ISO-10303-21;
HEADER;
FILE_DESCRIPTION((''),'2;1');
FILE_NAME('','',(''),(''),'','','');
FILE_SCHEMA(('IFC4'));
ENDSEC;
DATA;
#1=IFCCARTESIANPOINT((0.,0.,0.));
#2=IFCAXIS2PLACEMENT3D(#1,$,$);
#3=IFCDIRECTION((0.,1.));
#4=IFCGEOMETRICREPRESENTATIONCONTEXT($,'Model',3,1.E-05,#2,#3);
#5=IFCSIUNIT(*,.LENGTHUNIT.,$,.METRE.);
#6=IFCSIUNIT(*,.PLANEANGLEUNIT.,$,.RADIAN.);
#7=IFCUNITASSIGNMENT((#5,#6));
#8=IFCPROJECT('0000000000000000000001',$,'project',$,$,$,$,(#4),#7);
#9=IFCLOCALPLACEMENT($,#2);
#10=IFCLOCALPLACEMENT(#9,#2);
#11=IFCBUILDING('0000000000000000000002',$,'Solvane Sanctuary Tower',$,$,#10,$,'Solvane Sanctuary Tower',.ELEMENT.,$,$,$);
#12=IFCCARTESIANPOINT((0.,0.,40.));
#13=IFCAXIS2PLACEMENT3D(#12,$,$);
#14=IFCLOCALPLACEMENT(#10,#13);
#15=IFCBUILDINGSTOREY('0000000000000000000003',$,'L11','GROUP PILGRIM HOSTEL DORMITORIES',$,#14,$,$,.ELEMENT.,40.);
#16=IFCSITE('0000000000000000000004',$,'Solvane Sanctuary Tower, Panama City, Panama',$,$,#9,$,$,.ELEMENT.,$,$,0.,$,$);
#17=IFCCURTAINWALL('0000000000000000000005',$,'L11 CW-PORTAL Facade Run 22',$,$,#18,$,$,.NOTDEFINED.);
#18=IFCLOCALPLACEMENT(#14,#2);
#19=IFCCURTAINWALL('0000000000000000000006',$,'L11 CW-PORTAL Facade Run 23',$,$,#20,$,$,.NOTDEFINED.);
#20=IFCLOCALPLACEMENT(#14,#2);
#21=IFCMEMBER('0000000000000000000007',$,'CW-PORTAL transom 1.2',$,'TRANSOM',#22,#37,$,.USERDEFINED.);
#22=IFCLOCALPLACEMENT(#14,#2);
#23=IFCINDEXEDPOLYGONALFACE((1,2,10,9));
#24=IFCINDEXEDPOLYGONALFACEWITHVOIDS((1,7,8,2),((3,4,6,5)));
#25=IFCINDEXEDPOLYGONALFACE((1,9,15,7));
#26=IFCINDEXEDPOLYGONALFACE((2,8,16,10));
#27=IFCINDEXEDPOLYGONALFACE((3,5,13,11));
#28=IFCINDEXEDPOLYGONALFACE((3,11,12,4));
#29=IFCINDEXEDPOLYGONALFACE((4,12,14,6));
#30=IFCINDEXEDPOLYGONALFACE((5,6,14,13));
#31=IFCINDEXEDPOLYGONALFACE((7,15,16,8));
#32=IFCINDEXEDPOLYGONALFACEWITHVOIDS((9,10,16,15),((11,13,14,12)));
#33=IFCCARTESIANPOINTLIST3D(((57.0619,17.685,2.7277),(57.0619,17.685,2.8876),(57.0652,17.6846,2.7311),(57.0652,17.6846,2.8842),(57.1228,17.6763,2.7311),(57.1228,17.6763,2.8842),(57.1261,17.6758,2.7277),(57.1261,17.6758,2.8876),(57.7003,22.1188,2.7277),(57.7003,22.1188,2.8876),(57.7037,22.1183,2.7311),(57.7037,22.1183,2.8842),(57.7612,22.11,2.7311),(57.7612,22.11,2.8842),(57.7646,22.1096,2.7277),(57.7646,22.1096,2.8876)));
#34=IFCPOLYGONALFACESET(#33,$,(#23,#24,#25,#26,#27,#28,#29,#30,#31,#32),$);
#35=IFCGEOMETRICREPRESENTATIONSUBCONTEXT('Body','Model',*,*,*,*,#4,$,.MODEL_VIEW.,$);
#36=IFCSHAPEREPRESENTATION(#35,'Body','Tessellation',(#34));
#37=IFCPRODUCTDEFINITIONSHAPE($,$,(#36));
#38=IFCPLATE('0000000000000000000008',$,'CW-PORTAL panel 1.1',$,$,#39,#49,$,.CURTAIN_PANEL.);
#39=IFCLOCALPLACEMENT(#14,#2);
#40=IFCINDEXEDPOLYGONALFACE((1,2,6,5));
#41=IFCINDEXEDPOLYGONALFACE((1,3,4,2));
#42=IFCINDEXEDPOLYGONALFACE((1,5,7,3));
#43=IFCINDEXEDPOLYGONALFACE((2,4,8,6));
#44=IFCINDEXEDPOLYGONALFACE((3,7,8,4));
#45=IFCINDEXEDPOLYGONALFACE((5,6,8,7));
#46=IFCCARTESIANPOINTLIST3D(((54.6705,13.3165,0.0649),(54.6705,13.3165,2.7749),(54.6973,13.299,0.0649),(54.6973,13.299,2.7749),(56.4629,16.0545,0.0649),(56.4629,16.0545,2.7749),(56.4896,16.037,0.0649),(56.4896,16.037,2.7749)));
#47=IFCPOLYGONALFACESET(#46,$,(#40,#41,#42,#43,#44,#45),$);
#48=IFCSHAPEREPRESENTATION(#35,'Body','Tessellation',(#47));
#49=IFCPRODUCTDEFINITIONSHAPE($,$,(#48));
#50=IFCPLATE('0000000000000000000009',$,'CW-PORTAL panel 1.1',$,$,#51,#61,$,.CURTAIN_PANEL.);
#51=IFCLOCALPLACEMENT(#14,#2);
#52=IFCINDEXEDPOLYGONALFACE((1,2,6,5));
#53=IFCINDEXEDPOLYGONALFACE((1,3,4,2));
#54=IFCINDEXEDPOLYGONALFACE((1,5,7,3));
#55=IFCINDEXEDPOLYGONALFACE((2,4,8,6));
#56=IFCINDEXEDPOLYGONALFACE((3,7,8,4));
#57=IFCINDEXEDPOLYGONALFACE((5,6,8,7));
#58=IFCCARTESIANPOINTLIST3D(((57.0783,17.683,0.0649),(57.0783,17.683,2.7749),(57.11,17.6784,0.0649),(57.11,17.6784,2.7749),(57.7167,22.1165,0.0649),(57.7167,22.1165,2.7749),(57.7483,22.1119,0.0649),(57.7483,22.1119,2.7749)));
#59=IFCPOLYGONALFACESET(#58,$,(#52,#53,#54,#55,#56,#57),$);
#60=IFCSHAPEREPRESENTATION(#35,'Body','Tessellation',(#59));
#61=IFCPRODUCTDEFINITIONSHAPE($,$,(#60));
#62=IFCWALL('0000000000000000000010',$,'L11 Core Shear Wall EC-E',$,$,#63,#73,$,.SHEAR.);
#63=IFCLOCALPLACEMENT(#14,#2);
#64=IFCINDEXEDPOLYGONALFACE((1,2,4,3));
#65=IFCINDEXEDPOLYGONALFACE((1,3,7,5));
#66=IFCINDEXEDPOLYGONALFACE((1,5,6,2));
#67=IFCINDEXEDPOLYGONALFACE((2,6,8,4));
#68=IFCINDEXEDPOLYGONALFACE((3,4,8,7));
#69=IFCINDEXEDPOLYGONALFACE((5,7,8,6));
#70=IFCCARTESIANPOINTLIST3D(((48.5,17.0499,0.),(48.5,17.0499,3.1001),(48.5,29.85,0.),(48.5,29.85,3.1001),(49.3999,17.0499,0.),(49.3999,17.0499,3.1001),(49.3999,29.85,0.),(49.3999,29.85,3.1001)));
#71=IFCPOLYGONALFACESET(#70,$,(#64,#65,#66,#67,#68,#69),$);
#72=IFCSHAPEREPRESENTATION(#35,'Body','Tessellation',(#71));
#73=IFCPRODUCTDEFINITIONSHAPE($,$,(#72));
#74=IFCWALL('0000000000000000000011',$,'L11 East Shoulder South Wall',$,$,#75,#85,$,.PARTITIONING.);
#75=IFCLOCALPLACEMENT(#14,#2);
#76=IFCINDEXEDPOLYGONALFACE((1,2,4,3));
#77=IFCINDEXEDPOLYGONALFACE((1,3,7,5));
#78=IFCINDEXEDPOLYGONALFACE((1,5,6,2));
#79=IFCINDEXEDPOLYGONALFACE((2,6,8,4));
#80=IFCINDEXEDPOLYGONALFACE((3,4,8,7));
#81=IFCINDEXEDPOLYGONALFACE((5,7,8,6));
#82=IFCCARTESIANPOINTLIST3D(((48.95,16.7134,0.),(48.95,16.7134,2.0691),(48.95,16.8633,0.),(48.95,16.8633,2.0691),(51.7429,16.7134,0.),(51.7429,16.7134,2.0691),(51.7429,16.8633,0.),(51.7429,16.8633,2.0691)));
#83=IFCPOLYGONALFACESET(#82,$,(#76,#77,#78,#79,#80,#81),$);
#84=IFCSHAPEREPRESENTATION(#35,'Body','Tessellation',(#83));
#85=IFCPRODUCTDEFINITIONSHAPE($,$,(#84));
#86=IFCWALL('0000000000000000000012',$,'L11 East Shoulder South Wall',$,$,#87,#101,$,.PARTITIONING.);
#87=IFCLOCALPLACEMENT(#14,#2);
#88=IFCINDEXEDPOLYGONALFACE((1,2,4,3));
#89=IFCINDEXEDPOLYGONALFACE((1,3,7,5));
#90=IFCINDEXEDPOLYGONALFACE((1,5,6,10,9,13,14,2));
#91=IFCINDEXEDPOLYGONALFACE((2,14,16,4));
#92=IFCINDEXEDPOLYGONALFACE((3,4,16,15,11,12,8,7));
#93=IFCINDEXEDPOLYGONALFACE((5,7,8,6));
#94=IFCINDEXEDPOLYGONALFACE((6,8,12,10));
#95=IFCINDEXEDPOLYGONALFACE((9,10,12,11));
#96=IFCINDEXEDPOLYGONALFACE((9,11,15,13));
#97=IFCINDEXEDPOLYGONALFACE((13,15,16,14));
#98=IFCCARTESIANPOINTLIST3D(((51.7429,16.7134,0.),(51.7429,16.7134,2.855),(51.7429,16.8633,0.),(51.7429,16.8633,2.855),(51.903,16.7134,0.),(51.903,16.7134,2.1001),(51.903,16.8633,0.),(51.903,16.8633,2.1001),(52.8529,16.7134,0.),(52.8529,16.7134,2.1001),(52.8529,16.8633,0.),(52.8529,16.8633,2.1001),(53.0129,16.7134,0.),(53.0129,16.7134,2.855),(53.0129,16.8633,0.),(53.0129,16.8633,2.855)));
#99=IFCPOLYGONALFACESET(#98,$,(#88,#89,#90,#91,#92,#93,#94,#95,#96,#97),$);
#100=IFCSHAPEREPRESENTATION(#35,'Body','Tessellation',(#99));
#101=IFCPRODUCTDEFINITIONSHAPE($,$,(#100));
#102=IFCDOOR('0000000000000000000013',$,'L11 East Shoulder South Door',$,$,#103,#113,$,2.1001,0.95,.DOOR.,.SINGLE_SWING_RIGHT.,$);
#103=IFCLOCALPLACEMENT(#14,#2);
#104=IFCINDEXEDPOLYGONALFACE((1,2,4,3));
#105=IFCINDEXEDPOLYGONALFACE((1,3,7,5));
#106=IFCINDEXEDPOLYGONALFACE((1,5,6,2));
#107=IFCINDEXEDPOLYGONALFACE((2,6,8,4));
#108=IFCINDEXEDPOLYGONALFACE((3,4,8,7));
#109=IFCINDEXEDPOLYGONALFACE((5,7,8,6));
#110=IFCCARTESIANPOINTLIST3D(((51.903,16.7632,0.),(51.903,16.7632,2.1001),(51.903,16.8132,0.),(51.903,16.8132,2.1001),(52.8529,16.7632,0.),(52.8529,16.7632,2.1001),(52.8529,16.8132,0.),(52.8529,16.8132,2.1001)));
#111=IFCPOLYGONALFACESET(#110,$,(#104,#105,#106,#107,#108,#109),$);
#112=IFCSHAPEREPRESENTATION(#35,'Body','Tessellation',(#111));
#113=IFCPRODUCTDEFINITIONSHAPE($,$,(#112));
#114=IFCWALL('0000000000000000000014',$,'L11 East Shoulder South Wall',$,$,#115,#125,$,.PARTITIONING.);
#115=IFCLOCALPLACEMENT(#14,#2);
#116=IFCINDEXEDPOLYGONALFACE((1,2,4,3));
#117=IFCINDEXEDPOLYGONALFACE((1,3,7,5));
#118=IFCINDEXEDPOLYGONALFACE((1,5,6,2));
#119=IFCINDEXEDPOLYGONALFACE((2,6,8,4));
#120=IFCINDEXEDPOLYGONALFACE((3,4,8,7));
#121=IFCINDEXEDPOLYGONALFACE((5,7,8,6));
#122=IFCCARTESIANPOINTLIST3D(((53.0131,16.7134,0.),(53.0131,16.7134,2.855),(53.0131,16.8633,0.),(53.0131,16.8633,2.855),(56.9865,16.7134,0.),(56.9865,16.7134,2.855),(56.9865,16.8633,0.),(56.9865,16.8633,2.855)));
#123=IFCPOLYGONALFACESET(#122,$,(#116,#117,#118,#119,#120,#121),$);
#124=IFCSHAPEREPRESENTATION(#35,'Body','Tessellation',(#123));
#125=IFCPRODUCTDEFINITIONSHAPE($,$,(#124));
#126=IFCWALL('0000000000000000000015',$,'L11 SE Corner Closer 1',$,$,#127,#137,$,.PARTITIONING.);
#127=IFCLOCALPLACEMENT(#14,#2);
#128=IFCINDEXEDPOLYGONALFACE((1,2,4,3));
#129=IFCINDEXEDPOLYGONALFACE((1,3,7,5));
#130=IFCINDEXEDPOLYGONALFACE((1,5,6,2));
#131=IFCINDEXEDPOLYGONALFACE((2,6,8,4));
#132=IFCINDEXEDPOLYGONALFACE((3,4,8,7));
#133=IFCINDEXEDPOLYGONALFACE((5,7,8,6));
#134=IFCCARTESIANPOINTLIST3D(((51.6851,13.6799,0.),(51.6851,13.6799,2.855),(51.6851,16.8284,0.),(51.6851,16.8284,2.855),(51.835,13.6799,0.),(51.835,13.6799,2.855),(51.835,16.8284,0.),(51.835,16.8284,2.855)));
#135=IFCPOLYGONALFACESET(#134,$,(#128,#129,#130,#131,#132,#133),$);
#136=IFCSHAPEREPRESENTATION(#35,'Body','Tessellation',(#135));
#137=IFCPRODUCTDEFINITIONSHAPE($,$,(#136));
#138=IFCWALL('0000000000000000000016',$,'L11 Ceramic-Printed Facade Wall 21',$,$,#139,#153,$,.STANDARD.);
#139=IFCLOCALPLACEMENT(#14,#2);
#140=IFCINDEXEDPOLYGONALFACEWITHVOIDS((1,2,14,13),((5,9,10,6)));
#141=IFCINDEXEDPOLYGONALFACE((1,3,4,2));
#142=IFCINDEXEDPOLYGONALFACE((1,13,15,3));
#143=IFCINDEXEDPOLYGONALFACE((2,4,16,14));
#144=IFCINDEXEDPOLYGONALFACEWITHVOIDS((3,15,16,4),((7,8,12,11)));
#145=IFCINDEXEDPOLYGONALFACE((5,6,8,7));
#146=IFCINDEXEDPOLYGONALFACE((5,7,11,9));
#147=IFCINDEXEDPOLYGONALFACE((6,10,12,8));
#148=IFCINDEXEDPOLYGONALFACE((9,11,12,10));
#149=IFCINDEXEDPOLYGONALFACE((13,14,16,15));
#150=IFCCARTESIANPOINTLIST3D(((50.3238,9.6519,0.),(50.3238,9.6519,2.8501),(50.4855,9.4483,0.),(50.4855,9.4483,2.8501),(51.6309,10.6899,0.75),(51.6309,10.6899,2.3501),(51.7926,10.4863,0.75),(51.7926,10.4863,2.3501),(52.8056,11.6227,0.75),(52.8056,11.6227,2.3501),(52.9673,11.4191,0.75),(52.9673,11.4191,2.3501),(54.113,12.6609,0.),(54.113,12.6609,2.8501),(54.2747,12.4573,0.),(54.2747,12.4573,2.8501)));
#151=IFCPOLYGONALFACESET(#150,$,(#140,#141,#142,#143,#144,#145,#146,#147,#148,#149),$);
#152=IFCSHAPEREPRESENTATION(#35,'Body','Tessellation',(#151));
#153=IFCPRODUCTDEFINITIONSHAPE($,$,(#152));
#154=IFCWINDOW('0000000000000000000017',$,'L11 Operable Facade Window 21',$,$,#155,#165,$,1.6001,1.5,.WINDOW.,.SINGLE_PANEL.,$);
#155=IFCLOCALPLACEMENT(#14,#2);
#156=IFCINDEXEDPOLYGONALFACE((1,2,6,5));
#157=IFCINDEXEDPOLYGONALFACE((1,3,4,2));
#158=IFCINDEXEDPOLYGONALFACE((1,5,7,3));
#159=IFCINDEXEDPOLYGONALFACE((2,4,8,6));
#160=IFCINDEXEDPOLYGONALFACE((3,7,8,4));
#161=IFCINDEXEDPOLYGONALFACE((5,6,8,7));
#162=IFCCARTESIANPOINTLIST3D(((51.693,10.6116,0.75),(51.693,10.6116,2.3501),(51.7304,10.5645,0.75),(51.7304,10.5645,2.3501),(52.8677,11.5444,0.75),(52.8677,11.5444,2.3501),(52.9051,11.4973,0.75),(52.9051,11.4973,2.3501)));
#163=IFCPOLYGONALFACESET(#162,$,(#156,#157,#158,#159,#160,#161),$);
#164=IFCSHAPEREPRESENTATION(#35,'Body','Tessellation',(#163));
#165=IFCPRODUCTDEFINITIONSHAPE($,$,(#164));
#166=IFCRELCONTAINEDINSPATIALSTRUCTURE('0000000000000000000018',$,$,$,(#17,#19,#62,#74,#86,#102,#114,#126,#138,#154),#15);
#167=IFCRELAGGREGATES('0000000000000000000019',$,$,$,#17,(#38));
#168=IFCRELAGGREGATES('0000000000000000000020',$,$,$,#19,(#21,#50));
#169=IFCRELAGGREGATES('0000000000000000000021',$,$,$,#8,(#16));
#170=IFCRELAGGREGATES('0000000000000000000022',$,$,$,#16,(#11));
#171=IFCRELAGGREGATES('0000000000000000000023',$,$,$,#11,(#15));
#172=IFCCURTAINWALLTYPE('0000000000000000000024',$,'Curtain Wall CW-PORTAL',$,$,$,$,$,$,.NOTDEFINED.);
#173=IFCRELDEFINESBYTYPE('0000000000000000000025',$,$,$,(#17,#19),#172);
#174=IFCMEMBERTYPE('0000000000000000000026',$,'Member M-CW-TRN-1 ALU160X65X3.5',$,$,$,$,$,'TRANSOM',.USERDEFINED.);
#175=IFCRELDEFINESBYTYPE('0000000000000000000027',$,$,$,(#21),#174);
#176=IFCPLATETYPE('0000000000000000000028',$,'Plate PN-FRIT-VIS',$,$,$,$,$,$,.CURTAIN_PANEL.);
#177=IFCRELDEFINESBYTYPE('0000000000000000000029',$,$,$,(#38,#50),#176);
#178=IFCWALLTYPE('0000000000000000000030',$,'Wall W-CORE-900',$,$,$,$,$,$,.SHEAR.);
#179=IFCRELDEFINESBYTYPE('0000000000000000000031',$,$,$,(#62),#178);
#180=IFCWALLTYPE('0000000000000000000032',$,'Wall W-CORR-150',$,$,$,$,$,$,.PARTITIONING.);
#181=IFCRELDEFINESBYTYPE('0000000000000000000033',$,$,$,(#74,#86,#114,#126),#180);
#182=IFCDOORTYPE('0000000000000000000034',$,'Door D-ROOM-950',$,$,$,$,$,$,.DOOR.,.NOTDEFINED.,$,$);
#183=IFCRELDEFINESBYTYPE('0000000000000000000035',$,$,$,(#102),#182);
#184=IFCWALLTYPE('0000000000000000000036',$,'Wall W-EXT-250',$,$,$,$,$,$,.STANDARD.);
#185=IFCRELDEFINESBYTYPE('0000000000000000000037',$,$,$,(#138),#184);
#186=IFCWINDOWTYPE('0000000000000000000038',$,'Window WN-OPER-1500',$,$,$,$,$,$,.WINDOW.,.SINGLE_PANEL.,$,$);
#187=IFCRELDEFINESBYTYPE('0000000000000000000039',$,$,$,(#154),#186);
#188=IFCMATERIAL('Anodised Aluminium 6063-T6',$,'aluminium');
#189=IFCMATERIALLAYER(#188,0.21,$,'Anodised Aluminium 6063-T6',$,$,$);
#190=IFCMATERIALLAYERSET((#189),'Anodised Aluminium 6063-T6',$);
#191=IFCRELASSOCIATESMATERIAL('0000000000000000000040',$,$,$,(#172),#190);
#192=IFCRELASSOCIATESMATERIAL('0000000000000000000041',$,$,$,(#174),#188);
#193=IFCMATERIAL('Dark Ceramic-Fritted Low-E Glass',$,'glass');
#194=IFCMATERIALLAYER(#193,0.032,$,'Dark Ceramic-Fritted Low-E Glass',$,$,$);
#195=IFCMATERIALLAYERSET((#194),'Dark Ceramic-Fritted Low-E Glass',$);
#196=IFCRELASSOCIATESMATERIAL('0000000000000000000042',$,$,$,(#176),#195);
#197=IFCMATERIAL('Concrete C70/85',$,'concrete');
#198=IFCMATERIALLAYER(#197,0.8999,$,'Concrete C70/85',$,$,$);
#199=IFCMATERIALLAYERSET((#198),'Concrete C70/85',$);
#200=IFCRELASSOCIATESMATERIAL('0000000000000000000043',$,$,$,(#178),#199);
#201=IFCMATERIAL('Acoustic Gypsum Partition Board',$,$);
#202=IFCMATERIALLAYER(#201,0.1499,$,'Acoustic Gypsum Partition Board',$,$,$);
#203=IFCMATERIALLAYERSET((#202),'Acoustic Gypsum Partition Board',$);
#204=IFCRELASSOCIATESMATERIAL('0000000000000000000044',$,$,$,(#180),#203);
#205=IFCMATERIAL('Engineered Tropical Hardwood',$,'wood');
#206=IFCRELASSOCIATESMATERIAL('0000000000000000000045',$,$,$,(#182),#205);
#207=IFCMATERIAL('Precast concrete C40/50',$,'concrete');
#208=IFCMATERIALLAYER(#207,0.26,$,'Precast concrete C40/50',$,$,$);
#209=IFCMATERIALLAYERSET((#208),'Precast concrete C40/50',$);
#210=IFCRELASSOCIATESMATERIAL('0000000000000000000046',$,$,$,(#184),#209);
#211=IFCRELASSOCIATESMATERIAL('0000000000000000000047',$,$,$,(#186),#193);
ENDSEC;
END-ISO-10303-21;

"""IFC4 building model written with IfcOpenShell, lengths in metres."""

from ifc_helpers import new_model, si_unit, direction, frame, frame_2d, origin, origin_2d, place, context, subcontext, project, spatial, rectangle, hollow_rectangle, extrude, material, layer, layer_set, material_profile, profile_set, type_object, element, fill, aggregate, save


model = new_model("IFC4")

# Units and contexts
model_context = context("Model", 3, precision=1e-05, world=origin(), true_north=direction((0.0, 1.0)))
body_context = subcontext(model_context, "Body", "Model", "MODEL_VIEW")
ifc_project = project(units=[si_unit("LENGTHUNIT", "METRE"), si_unit("PLANEANGLEUNIT", "RADIAN")], contexts=[model_context])

# Site, building, storey
site_placement = place(None, origin())
site = spatial("IfcSite", under=ifc_project, at=site_placement, Name="Solvane Sanctuary Tower, Panama City, Panama", CompositionType="ELEMENT", RefElevation=0.0)
building_placement = place(site_placement, origin())
building = spatial("IfcBuilding", under=site, at=building_placement, Name="Solvane Sanctuary Tower", LongName="Solvane Sanctuary Tower", CompositionType="ELEMENT")
storey_placement = place(building_placement, frame((0.0, 0.0, 40.0)))
storey = spatial("IfcBuildingStorey", under=building, at=storey_placement, Name="L11", Description="GROUP PILGRIM HOSTEL DORMITORIES", CompositionType="ELEMENT", Elevation=40.0)

# Shared definitions
ifc_material_1 = material(Name="Concrete C70/85", Category="concrete")

# Curtain walls
ifc_material_2 = material(Name="Anodised Aluminium 6063-T6", Category="aluminium")
ifc_layer_1 = layer(ifc_material_2, 0.21, Name="Anodised Aluminium 6063-T6")
ifc_layer_set_1 = layer_set([ifc_layer_1], Name="Anodised Aluminium 6063-T6")
curtain_wall_type = type_object("IfcCurtainWallType", Name="Curtain Wall CW-PORTAL", PredefinedType="NOTDEFINED", material=ifc_layer_set_1)
curtain_wall_1_placement = place(storey_placement, origin())
curtain_wall_1 = element("IfcCurtainWall", 1, at=curtain_wall_1_placement, inside=storey, type_object=curtain_wall_type, Name="L11 CW-PORTAL Facade Run 22", PredefinedType="NOTDEFINED")
curtain_wall_2_placement = place(storey_placement, origin())
curtain_wall_2 = element("IfcCurtainWall", 2, at=curtain_wall_2_placement, inside=storey, type_object=curtain_wall_type, Name="L11 CW-PORTAL Facade Run 23", PredefinedType="NOTDEFINED")

# Member
ifc_material_profile_1 = material_profile(ifc_material_2, hollow_rectangle(XDim=0.0649, YDim=0.1599, WallThickness=0.0034, at=origin_2d()), Name="ALU160X65X3.5")
ifc_profile_set_1 = profile_set([ifc_material_profile_1], Name="Anodised Aluminium 6063-T6")
member_type_1 = type_object("IfcMemberType", Name="Member M-CW-TRN-1 ALU160X65X3.5", ElementType="TRANSOM", PredefinedType="USERDEFINED", material=ifc_profile_set_1)
member_1_placement = place(storey_placement, frame((57.094, 17.6804, 2.8076), z_axis=(0.14252, 0.989792, 0.0), x_axis=(-0.989792, 0.14252, 0.0)))
member_1 = element("IfcMember", 3, at=member_1_placement, type_object=member_type_1, Name="CW-PORTAL transom 1.2", ObjectType="TRANSOM", PredefinedType="USERDEFINED", context=body_context, shape_type="SweptSolid", body=[
    extrude(hollow_rectangle(XDim=0.0649, YDim=0.1599, WallThickness=0.0034, at=origin_2d()), origin(), (0.0, 0.0, 1.0), 4.4795),
])

# Plates
ifc_material_3 = material(Name="Dark Ceramic-Fritted Low-E Glass", Category="glass")
ifc_layer_2 = layer(ifc_material_3, 0.032, Name="Dark Ceramic-Fritted Low-E Glass")
ifc_layer_set_2 = layer_set([ifc_layer_2], Name="Dark Ceramic-Fritted Low-E Glass")
plate_type = type_object("IfcPlateType", Name="Plate PN-FRIT-VIS", PredefinedType="CURTAIN_PANEL", material=ifc_layer_set_2)
plate_1_placement = place(storey_placement, frame((55.5801, 14.6768, 0.0649), z_axis=(0.0, 0.0, 1.0), x_axis=(0.547702, 0.836674, 0.0)))
plate_1 = element("IfcPlate", 4, at=plate_1_placement, type_object=plate_type, Name="CW-PORTAL panel 1.1", PredefinedType="CURTAIN_PANEL", context=body_context, shape_type="SweptSolid", body=[
    extrude(rectangle(XDim=3.2725, YDim=0.032, at=origin_2d()), origin(), (0.0, 0.0, 1.0), 2.71),
])
aggregate(curtain_wall_1, [plate_1])
plate_2_placement = place(storey_placement, frame((57.4133, 19.8975, 0.0649), z_axis=(0.0, 0.0, 1.0), x_axis=(0.142504, 0.989794, 0.0)))
plate_2 = element("IfcPlate", 5, at=plate_2_placement, type_object=plate_type, Name="CW-PORTAL panel 1.1", PredefinedType="CURTAIN_PANEL", context=body_context, shape_type="SweptSolid", body=[
    extrude(rectangle(XDim=4.4792, YDim=0.032, at=origin_2d()), origin(), (0.0, 0.0, 1.0), 2.71),
])
aggregate(curtain_wall_2, [member_1, plate_2])

# Walls
ifc_layer_3 = layer(ifc_material_1, 0.8999, Name="Concrete C70/85")
ifc_layer_set_3 = layer_set([ifc_layer_3], Name="Concrete C70/85")
wall_type_1 = type_object("IfcWallType", Name="Wall W-CORE-900", PredefinedType="SHEAR", material=ifc_layer_set_3)
wall_1_placement = place(storey_placement, frame((48.95, 17.05, 0.0), z_axis=(0.0, 0.0, 1.0), x_axis=(0.0, 1.0, 0.0)))
element("IfcWall", 6, at=wall_1_placement, inside=storey, type_object=wall_type_1, Name="L11 Core Shear Wall EC-E", PredefinedType="SHEAR", context=body_context, shape_type="SweptSolid", body=[
    extrude(rectangle(XDim=12.8, YDim=0.8999, at=frame_2d((6.3999, 0.0))), origin(), (0.0, 0.0, 1.0), 3.1001),
])
ifc_material_4 = material(Name="Acoustic Gypsum Partition Board")
ifc_layer_4 = layer(ifc_material_4, 0.1499, Name="Acoustic Gypsum Partition Board")
ifc_layer_set_4 = layer_set([ifc_layer_4], Name="Acoustic Gypsum Partition Board")
wall_type_2 = type_object("IfcWallType", Name="Wall W-CORR-150", PredefinedType="PARTITIONING", material=ifc_layer_set_4)
wall_2_placement = place(storey_placement, frame((48.95, 16.7883, 0.0), z_axis=(0.0, 0.0, 1.0), x_axis=(1.0, 0.0, 0.0)))
element("IfcWall", 7, at=wall_2_placement, inside=storey, type_object=wall_type_2, Name="L11 East Shoulder South Wall", PredefinedType="PARTITIONING", context=body_context, shape_type="SweptSolid", body=[
    extrude(rectangle(XDim=2.793, YDim=0.1499, at=frame_2d((1.3965, 0.0))), origin(), (0.0, 0.0, 1.0), 2.0691),
])

# Wall, opening, door
wall_3_placement = place(storey_placement, frame((51.7429, 16.7883, 0.0), z_axis=(0.0, 0.0, 1.0), x_axis=(1.0, 0.0, 0.0)))
wall_3 = element("IfcWall", 8, at=wall_3_placement, inside=storey, type_object=wall_type_2, Name="L11 East Shoulder South Wall", PredefinedType="PARTITIONING", context=body_context, shape_type="SweptSolid", body=[
    extrude(rectangle(XDim=1.27, YDim=0.1499, at=frame_2d((0.635, 0.0))), origin(), (0.0, 0.0, 1.0), 2.855),
])
opening_1_placement = place(wall_3_placement, frame((0.1599, 0.0, 0.0)))
opening_1 = element("IfcOpeningElement", 9, at=opening_1_placement, cuts=wall_3, PredefinedType="OPENING", context=body_context, shape_type="SweptSolid", body=[
    extrude(rectangle(XDim=0.95, YDim=2.1001, at=frame_2d((0.4751, 1.05))), frame((0.0, 0.085, 0.0), z_axis=(0.0, -1.0, 0.0), x_axis=(1.0, 0.0, 0.0)), (0.0, 0.0, 1.0), 0.1699),
])
ifc_material_5 = material(Name="Engineered Tropical Hardwood", Category="wood")
door_type_1 = type_object("IfcDoorType", Name="Door D-ROOM-950", OperationType="NOTDEFINED", PredefinedType="DOOR", material=ifc_material_5)
door_1_placement = place(opening_1_placement, origin())
door_1 = element("IfcDoor", 10, at=door_1_placement, inside=storey, type_object=door_type_1, Name="L11 East Shoulder South Door", OperationType="SINGLE_SWING_RIGHT", OverallHeight=2.1001, OverallWidth=0.95, PredefinedType="DOOR", context=body_context, shape_type="SweptSolid", body=[
    extrude(rectangle(XDim=0.95, YDim=2.1001, at=frame_2d((0.4751, 1.05))), frame((0.0, 0.0249, 0.0), z_axis=(0.0, -1.0, 0.0), x_axis=(1.0, 0.0, 0.0)), (0.0, 0.0, 1.0), 0.05),
])
fill(opening_1, door_1)

# Walls
wall_4_placement = place(storey_placement, frame((53.0129, 16.7883, 0.0), z_axis=(0.0, 0.0, 1.0), x_axis=(1.0, 0.0, 0.0)))
element("IfcWall", 11, at=wall_4_placement, inside=storey, type_object=wall_type_2, Name="L11 East Shoulder South Wall", PredefinedType="PARTITIONING", context=body_context, shape_type="SweptSolid", body=[
    extrude(rectangle(XDim=3.9734, YDim=0.1499, at=frame_2d((1.9868, 0.0))), origin(), (0.0, 0.0, 1.0), 2.855),
])
wall_5_placement = place(storey_placement, frame((51.76, 13.6799, 0.0), z_axis=(0.0, 0.0, 1.0), x_axis=(0.0, 1.0, 0.0)))
element("IfcWall", 12, at=wall_5_placement, inside=storey, type_object=wall_type_2, Name="L11 SE Corner Closer 1", PredefinedType="PARTITIONING", context=body_context, shape_type="SweptSolid", body=[
    extrude(rectangle(XDim=3.1484, YDim=0.1499, at=frame_2d((1.5742, 0.0))), origin(), (0.0, 0.0, 1.0), 2.855),
])

# Wall, opening, window
ifc_material_6 = material(Name="Precast concrete C40/50", Category="concrete")
ifc_layer_5 = layer(ifc_material_6, 0.26, Name="Precast concrete C40/50")
ifc_layer_set_5 = layer_set([ifc_layer_5], Name="Precast concrete C40/50")
wall_type_3 = type_object("IfcWallType", Name="Wall W-EXT-250", PredefinedType="STANDARD", material=ifc_layer_set_5)
wall_6_placement = place(storey_placement, frame((50.4045, 9.55, 0.0), z_axis=(0.0, 0.0, 1.0), x_axis=(0.783123, 0.621867, 0.0)))
wall_6 = element("IfcWall", 13, at=wall_6_placement, inside=storey, type_object=wall_type_3, Name="L11 Ceramic-Printed Facade Wall 21", PredefinedType="STANDARD", context=body_context, shape_type="SweptSolid", body=[
    extrude(rectangle(XDim=4.8386, YDim=0.26, at=frame_2d((2.4194, 0.0))), origin(), (0.0, 0.0, 1.0), 2.8501),
])
opening_2_placement = place(wall_6_placement, frame((1.6692, 0.0, 0.75)))
opening_2 = element("IfcOpeningElement", 14, at=opening_2_placement, cuts=wall_6, PredefinedType="OPENING", context=body_context, shape_type="SweptSolid", body=[
    extrude(rectangle(XDim=1.5, YDim=1.6001, at=frame_2d((0.75, 0.8))), frame((0.0, 0.1399, 0.0), z_axis=(0.0, -1.0, 0.0), x_axis=(1.0, 0.0, 0.0)), (0.0, 0.0, 1.0), 0.28),
])
window_type = type_object("IfcWindowType", Name="Window WN-OPER-1500", PartitioningType="SINGLE_PANEL", PredefinedType="WINDOW", material=ifc_material_3)
window_placement = place(opening_2_placement, origin())
window = element("IfcWindow", 15, at=window_placement, inside=storey, type_object=window_type, Name="L11 Operable Facade Window 21", OverallHeight=1.6001, OverallWidth=1.5, PartitioningType="SINGLE_PANEL", PredefinedType="WINDOW", context=body_context, shape_type="SweptSolid", body=[
    extrude(rectangle(XDim=1.5, YDim=1.6001, at=frame_2d((0.75, 0.8))), frame((0.0, 0.03, 0.0), z_axis=(0.0, -1.0, 0.0), x_axis=(1.0, 0.0, 0.0)), (0.0, 0.0, 1.0), 0.0601),
])
fill(opening_2, window)

save(model, "model.ifc")
